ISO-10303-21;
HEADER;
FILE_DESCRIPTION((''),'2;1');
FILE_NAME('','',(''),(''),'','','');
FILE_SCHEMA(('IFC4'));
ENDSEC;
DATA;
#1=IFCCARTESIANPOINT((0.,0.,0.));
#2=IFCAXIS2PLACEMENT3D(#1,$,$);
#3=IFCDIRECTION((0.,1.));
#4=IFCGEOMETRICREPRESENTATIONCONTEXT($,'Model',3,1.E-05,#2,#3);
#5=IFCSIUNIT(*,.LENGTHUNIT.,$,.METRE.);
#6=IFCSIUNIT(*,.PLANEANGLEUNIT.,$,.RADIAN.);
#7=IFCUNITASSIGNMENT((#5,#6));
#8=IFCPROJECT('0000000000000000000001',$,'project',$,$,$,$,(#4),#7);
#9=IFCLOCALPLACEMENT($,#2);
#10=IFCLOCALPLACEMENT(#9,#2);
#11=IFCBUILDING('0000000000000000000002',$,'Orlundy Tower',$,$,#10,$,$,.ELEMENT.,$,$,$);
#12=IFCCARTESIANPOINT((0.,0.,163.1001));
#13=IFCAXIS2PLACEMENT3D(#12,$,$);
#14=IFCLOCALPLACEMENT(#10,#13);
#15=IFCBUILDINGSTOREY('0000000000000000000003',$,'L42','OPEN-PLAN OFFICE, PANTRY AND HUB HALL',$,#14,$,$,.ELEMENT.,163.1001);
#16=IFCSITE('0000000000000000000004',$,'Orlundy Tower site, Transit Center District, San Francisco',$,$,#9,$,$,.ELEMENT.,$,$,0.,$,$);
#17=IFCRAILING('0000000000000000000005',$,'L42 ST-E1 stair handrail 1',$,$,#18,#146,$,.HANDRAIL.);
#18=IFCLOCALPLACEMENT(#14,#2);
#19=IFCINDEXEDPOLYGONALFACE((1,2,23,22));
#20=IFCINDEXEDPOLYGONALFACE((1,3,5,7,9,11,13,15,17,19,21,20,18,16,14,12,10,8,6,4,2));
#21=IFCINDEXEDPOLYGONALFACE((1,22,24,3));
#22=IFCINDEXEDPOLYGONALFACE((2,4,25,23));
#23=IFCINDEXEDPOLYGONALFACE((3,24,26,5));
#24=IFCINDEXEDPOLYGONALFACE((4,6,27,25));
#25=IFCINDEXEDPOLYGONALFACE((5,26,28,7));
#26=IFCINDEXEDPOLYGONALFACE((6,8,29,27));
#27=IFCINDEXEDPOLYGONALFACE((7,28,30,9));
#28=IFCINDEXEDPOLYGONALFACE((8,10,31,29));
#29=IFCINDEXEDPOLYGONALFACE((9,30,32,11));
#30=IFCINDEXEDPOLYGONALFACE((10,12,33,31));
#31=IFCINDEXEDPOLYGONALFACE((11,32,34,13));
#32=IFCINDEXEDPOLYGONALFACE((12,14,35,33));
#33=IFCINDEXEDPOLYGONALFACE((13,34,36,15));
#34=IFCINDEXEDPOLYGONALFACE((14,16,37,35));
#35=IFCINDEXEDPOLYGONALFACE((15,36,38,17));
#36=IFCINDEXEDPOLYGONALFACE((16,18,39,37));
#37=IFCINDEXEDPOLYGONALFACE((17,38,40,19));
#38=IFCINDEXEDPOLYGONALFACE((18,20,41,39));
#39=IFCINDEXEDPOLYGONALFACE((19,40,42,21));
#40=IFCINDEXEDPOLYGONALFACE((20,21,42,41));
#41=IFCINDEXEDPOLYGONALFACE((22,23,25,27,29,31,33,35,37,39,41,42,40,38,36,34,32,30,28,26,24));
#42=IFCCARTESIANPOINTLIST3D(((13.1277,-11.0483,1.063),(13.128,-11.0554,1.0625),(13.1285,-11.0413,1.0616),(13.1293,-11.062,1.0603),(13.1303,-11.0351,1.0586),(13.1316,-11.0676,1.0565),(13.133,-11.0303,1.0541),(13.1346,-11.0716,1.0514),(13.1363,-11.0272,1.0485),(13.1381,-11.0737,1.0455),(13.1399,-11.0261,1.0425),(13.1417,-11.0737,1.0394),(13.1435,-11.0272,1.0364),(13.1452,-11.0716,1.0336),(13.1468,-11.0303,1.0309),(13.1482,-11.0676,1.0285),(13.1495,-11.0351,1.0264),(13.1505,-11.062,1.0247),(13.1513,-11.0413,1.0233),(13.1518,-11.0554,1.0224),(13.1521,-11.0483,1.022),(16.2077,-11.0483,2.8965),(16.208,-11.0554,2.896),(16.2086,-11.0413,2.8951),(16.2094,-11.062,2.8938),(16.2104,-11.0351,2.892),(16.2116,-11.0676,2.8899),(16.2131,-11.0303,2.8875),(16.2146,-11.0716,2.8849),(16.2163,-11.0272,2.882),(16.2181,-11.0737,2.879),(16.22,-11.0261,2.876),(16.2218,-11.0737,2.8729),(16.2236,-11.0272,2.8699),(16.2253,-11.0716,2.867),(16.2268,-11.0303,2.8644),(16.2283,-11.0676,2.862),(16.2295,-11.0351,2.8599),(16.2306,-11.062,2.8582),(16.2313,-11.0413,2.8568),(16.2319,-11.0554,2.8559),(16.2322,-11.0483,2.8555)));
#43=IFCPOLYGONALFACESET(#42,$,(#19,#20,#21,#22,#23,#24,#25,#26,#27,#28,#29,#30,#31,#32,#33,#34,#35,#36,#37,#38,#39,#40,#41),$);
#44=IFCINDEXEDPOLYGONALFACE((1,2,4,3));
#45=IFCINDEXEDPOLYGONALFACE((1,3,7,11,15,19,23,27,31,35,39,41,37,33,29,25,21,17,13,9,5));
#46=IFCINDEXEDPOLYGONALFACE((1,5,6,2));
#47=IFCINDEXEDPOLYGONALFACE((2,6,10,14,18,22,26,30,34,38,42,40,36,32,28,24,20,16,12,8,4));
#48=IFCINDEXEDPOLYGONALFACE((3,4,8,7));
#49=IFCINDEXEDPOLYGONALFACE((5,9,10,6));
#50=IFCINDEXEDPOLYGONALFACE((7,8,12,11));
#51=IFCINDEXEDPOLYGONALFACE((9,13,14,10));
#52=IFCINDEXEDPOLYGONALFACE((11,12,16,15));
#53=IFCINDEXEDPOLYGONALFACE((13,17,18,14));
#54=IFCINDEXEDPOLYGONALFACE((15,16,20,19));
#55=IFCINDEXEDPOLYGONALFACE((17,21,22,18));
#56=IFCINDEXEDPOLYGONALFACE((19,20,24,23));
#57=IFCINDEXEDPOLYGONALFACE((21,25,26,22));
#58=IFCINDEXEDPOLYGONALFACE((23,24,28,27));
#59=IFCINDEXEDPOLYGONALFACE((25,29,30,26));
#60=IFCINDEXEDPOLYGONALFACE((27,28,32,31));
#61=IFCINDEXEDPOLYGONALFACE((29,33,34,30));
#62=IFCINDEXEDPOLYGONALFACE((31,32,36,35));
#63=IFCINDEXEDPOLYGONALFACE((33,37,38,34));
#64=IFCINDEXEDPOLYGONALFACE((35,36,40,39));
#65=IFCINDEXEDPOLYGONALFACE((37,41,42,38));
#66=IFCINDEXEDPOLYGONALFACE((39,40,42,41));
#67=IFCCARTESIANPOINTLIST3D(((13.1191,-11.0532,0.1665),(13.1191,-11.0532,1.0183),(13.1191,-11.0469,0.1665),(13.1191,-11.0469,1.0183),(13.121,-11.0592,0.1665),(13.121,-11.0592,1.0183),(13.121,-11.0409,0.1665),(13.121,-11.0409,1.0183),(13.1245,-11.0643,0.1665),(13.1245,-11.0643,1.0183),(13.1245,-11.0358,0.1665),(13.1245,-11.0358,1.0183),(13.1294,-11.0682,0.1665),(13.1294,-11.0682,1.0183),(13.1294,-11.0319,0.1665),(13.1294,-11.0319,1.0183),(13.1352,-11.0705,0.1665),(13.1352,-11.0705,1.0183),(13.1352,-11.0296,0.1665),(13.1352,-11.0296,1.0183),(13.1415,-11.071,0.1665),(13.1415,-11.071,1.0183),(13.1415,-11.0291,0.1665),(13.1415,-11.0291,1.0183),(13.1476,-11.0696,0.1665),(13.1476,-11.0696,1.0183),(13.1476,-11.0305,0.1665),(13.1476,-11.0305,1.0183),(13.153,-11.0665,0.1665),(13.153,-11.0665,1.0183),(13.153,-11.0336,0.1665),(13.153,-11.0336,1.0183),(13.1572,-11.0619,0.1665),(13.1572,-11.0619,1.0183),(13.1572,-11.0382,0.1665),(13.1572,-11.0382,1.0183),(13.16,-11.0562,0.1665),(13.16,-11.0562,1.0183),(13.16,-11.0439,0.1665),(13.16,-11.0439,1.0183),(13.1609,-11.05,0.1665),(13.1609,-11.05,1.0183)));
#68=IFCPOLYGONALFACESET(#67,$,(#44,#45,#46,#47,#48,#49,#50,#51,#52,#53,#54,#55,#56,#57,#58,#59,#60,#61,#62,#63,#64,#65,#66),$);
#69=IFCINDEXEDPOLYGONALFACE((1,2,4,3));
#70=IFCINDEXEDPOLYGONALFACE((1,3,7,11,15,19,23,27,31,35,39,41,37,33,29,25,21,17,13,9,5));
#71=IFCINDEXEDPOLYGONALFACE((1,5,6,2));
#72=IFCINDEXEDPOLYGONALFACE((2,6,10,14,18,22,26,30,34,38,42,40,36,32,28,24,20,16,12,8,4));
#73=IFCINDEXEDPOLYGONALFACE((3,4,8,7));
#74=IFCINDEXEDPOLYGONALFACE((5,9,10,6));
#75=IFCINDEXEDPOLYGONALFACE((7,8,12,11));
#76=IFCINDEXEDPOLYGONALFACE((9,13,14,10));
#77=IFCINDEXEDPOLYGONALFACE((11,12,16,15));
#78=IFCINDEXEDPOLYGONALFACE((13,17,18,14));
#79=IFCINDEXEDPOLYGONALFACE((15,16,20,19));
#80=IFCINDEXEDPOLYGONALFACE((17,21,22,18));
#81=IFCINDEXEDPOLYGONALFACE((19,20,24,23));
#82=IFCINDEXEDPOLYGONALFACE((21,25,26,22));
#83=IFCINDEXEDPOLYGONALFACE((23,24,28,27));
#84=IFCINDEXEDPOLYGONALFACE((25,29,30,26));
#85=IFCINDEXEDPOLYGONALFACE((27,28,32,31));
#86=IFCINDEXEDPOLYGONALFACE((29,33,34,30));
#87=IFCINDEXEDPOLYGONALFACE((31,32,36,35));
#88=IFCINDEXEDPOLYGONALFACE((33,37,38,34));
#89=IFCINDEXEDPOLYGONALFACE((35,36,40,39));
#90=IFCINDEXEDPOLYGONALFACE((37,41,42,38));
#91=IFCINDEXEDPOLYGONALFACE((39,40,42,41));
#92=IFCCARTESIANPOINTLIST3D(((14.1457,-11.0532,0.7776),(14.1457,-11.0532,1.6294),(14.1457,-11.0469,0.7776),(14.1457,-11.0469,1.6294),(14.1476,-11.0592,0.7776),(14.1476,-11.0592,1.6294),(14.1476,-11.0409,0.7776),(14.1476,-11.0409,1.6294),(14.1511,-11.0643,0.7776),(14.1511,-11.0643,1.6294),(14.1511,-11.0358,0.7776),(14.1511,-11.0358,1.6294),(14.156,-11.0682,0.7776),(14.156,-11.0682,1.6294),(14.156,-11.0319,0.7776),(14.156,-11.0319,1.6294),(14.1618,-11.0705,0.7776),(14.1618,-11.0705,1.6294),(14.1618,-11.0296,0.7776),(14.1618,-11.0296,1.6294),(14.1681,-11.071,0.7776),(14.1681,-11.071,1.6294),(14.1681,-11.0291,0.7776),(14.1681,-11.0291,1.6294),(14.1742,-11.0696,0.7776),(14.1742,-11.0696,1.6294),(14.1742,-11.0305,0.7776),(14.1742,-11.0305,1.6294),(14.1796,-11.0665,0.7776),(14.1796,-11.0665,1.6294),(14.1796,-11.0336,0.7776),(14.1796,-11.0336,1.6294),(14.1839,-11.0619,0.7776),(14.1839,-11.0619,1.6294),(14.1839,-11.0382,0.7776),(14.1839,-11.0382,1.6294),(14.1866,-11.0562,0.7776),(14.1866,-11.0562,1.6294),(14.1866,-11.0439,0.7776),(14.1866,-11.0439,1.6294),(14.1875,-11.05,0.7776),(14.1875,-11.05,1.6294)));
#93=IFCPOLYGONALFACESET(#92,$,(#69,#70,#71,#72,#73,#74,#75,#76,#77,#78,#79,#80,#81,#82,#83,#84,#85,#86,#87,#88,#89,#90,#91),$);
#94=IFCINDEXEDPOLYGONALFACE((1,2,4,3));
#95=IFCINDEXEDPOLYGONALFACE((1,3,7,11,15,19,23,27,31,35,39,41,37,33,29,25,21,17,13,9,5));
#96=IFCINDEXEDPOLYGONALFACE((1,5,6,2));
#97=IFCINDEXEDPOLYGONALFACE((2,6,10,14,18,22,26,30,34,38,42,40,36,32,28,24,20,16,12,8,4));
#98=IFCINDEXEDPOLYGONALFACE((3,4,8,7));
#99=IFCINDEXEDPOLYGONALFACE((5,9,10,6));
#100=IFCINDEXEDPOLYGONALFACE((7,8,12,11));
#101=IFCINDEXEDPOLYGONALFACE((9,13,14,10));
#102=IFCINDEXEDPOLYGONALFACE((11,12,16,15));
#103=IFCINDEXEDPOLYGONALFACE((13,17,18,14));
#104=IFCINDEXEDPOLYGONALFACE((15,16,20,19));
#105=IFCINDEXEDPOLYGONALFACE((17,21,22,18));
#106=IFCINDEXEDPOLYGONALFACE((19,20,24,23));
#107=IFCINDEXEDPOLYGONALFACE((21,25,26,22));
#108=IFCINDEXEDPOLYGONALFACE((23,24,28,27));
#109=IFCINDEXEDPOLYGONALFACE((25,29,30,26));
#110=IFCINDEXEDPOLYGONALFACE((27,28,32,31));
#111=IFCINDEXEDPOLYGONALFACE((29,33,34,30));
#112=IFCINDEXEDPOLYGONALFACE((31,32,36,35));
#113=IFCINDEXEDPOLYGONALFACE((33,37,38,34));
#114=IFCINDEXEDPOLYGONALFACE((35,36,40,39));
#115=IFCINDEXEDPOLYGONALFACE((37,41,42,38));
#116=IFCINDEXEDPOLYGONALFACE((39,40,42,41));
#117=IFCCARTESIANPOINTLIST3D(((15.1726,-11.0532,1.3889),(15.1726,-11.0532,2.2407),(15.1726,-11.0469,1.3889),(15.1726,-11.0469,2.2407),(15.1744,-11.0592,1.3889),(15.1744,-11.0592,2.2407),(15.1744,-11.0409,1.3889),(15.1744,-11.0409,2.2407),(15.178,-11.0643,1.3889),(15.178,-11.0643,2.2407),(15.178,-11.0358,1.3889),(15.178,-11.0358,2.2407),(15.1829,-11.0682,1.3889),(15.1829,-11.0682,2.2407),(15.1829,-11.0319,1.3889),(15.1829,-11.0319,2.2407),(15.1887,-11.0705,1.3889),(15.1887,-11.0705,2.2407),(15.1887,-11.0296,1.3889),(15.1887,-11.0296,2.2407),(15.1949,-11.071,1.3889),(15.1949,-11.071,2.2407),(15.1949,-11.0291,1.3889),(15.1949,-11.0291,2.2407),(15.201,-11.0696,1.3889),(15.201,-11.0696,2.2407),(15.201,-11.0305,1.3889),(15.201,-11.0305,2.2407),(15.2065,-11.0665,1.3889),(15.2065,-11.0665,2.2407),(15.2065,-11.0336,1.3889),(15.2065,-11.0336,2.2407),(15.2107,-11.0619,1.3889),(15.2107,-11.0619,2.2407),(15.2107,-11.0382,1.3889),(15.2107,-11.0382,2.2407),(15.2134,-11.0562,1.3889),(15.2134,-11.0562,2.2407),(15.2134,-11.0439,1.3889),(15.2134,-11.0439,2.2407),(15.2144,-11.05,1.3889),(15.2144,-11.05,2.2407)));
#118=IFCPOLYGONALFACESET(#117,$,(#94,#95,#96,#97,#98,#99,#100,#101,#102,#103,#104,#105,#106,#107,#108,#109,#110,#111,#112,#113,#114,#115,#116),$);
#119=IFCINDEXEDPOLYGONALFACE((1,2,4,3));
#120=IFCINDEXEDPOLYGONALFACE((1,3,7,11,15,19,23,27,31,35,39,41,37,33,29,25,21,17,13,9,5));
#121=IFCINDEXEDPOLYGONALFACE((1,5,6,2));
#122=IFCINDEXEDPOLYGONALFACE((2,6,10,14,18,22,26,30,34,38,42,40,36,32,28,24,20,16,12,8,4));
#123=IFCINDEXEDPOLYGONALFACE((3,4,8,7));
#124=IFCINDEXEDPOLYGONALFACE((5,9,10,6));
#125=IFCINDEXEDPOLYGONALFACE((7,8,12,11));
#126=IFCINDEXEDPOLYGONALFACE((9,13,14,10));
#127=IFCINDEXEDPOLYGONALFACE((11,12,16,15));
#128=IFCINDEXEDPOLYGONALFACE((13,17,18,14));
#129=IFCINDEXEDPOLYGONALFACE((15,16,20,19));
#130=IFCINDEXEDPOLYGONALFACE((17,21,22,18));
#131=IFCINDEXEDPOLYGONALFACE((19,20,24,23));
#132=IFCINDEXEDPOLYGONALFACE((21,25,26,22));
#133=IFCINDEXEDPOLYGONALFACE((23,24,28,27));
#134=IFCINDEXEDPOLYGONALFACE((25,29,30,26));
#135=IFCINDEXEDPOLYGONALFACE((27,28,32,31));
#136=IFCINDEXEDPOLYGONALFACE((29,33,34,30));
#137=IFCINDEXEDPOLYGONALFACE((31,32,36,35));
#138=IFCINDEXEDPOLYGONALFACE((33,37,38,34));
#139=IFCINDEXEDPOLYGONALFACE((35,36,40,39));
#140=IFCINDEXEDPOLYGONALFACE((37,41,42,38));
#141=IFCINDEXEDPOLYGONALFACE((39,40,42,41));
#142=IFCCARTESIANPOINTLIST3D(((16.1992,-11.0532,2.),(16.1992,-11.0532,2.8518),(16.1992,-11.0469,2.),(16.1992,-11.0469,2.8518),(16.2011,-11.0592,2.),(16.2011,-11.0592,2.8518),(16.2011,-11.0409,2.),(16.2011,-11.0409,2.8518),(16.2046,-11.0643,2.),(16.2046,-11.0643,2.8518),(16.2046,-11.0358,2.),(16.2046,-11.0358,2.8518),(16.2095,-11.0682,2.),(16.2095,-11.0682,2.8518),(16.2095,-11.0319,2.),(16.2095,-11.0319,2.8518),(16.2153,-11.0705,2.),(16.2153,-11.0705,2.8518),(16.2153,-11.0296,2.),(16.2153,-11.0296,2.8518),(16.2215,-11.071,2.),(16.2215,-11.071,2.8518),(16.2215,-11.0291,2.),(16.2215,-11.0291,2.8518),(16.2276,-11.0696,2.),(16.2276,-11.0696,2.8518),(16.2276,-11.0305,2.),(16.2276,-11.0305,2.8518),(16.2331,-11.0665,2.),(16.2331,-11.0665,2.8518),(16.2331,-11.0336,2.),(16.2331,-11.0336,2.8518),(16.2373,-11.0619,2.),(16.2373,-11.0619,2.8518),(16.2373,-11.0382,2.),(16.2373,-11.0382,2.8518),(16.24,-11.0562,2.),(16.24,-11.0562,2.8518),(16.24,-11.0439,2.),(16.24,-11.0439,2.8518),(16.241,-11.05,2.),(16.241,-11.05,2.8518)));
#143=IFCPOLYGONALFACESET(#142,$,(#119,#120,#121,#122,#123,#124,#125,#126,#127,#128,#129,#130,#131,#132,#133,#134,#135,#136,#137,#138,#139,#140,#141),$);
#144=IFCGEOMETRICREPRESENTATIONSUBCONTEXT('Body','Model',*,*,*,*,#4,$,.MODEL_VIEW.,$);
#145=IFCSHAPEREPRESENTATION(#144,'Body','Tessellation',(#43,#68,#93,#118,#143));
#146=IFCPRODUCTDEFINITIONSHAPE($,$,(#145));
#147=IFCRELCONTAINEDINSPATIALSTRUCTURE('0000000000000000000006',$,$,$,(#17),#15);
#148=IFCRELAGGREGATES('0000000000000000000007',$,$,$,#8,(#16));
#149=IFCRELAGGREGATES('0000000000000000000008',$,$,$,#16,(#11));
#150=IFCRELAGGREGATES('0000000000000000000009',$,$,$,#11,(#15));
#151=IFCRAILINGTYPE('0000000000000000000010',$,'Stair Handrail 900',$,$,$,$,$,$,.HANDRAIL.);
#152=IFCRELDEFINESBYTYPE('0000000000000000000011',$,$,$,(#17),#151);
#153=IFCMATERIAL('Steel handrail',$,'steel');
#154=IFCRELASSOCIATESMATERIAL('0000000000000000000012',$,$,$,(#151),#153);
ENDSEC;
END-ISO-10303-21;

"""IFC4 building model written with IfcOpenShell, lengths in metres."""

from ifc_helpers import new_model, si_unit, direction, frame, origin, origin_2d, place, context, subcontext, project, spatial, circle, extrude, material, type_object, element, save


model = new_model("IFC4")

# Units and contexts
model_context = context("Model", 3, precision=1e-05, world=origin(), true_north=direction((0.0, 1.0)))
body_context = subcontext(model_context, "Body", "Model", "MODEL_VIEW")
ifc_project = project(units=[si_unit("LENGTHUNIT", "METRE"), si_unit("PLANEANGLEUNIT", "RADIAN")], contexts=[model_context])

# Site, building, storey
site_placement = place(None, origin())
site = spatial("IfcSite", under=ifc_project, at=site_placement, Name="Orlundy Tower site, Transit Center District, San Francisco", CompositionType="ELEMENT", RefElevation=0.0)
building_placement = place(site_placement, origin())
building = spatial("IfcBuilding", under=site, at=building_placement, Name="Orlundy Tower", CompositionType="ELEMENT")
storey_placement = place(building_placement, frame((0.0, 0.0, 163.1001)))
storey = spatial("IfcBuildingStorey", under=building, at=storey_placement, Name="L42", Description="OPEN-PLAN OFFICE, PANTRY AND HUB HALL", CompositionType="ELEMENT", Elevation=163.1001)

# Railing
ifc_material_1 = material(Name="Steel handrail", Category="steel")
railing_type_1 = type_object("IfcRailingType", Name="Stair Handrail 900", PredefinedType="HANDRAIL", material=ifc_material_1)
railing_1_placement = place(storey_placement, frame((13.1399, -11.05, 0.1665)))
element("IfcRailing", 1, at=railing_1_placement, inside=storey, type_object=railing_type_1, Name="L42 ST-E1 stair handrail 1", PredefinedType="HANDRAIL", context=body_context, shape_type="SweptSolid", body=[
    extrude(circle(Radius=0.0239, at=origin_2d()), frame((0.0, 0.0, 0.876), z_axis=(0.859279, 0.0, 0.511508), x_axis=(0.0, 1.0, 0.0)), (0.0, 0.0, 1.0), 3.5845),
    extrude(circle(Radius=0.021, at=origin_2d()), origin(), (0.0, 0.0, 1.0), 0.8518),
    extrude(circle(Radius=0.021, at=origin_2d()), frame((1.0266, 0.0, 0.6111)), (0.0, 0.0, 1.0), 0.8518),
    extrude(circle(Radius=0.021, at=origin_2d()), frame((2.0535, 0.0, 1.2224)), (0.0, 0.0, 1.0), 0.8518),
    extrude(circle(Radius=0.021, at=origin_2d()), frame((3.0801, 0.0, 1.8335)), (0.0, 0.0, 1.0), 0.8518),
])

save(model, "model.ifc")
